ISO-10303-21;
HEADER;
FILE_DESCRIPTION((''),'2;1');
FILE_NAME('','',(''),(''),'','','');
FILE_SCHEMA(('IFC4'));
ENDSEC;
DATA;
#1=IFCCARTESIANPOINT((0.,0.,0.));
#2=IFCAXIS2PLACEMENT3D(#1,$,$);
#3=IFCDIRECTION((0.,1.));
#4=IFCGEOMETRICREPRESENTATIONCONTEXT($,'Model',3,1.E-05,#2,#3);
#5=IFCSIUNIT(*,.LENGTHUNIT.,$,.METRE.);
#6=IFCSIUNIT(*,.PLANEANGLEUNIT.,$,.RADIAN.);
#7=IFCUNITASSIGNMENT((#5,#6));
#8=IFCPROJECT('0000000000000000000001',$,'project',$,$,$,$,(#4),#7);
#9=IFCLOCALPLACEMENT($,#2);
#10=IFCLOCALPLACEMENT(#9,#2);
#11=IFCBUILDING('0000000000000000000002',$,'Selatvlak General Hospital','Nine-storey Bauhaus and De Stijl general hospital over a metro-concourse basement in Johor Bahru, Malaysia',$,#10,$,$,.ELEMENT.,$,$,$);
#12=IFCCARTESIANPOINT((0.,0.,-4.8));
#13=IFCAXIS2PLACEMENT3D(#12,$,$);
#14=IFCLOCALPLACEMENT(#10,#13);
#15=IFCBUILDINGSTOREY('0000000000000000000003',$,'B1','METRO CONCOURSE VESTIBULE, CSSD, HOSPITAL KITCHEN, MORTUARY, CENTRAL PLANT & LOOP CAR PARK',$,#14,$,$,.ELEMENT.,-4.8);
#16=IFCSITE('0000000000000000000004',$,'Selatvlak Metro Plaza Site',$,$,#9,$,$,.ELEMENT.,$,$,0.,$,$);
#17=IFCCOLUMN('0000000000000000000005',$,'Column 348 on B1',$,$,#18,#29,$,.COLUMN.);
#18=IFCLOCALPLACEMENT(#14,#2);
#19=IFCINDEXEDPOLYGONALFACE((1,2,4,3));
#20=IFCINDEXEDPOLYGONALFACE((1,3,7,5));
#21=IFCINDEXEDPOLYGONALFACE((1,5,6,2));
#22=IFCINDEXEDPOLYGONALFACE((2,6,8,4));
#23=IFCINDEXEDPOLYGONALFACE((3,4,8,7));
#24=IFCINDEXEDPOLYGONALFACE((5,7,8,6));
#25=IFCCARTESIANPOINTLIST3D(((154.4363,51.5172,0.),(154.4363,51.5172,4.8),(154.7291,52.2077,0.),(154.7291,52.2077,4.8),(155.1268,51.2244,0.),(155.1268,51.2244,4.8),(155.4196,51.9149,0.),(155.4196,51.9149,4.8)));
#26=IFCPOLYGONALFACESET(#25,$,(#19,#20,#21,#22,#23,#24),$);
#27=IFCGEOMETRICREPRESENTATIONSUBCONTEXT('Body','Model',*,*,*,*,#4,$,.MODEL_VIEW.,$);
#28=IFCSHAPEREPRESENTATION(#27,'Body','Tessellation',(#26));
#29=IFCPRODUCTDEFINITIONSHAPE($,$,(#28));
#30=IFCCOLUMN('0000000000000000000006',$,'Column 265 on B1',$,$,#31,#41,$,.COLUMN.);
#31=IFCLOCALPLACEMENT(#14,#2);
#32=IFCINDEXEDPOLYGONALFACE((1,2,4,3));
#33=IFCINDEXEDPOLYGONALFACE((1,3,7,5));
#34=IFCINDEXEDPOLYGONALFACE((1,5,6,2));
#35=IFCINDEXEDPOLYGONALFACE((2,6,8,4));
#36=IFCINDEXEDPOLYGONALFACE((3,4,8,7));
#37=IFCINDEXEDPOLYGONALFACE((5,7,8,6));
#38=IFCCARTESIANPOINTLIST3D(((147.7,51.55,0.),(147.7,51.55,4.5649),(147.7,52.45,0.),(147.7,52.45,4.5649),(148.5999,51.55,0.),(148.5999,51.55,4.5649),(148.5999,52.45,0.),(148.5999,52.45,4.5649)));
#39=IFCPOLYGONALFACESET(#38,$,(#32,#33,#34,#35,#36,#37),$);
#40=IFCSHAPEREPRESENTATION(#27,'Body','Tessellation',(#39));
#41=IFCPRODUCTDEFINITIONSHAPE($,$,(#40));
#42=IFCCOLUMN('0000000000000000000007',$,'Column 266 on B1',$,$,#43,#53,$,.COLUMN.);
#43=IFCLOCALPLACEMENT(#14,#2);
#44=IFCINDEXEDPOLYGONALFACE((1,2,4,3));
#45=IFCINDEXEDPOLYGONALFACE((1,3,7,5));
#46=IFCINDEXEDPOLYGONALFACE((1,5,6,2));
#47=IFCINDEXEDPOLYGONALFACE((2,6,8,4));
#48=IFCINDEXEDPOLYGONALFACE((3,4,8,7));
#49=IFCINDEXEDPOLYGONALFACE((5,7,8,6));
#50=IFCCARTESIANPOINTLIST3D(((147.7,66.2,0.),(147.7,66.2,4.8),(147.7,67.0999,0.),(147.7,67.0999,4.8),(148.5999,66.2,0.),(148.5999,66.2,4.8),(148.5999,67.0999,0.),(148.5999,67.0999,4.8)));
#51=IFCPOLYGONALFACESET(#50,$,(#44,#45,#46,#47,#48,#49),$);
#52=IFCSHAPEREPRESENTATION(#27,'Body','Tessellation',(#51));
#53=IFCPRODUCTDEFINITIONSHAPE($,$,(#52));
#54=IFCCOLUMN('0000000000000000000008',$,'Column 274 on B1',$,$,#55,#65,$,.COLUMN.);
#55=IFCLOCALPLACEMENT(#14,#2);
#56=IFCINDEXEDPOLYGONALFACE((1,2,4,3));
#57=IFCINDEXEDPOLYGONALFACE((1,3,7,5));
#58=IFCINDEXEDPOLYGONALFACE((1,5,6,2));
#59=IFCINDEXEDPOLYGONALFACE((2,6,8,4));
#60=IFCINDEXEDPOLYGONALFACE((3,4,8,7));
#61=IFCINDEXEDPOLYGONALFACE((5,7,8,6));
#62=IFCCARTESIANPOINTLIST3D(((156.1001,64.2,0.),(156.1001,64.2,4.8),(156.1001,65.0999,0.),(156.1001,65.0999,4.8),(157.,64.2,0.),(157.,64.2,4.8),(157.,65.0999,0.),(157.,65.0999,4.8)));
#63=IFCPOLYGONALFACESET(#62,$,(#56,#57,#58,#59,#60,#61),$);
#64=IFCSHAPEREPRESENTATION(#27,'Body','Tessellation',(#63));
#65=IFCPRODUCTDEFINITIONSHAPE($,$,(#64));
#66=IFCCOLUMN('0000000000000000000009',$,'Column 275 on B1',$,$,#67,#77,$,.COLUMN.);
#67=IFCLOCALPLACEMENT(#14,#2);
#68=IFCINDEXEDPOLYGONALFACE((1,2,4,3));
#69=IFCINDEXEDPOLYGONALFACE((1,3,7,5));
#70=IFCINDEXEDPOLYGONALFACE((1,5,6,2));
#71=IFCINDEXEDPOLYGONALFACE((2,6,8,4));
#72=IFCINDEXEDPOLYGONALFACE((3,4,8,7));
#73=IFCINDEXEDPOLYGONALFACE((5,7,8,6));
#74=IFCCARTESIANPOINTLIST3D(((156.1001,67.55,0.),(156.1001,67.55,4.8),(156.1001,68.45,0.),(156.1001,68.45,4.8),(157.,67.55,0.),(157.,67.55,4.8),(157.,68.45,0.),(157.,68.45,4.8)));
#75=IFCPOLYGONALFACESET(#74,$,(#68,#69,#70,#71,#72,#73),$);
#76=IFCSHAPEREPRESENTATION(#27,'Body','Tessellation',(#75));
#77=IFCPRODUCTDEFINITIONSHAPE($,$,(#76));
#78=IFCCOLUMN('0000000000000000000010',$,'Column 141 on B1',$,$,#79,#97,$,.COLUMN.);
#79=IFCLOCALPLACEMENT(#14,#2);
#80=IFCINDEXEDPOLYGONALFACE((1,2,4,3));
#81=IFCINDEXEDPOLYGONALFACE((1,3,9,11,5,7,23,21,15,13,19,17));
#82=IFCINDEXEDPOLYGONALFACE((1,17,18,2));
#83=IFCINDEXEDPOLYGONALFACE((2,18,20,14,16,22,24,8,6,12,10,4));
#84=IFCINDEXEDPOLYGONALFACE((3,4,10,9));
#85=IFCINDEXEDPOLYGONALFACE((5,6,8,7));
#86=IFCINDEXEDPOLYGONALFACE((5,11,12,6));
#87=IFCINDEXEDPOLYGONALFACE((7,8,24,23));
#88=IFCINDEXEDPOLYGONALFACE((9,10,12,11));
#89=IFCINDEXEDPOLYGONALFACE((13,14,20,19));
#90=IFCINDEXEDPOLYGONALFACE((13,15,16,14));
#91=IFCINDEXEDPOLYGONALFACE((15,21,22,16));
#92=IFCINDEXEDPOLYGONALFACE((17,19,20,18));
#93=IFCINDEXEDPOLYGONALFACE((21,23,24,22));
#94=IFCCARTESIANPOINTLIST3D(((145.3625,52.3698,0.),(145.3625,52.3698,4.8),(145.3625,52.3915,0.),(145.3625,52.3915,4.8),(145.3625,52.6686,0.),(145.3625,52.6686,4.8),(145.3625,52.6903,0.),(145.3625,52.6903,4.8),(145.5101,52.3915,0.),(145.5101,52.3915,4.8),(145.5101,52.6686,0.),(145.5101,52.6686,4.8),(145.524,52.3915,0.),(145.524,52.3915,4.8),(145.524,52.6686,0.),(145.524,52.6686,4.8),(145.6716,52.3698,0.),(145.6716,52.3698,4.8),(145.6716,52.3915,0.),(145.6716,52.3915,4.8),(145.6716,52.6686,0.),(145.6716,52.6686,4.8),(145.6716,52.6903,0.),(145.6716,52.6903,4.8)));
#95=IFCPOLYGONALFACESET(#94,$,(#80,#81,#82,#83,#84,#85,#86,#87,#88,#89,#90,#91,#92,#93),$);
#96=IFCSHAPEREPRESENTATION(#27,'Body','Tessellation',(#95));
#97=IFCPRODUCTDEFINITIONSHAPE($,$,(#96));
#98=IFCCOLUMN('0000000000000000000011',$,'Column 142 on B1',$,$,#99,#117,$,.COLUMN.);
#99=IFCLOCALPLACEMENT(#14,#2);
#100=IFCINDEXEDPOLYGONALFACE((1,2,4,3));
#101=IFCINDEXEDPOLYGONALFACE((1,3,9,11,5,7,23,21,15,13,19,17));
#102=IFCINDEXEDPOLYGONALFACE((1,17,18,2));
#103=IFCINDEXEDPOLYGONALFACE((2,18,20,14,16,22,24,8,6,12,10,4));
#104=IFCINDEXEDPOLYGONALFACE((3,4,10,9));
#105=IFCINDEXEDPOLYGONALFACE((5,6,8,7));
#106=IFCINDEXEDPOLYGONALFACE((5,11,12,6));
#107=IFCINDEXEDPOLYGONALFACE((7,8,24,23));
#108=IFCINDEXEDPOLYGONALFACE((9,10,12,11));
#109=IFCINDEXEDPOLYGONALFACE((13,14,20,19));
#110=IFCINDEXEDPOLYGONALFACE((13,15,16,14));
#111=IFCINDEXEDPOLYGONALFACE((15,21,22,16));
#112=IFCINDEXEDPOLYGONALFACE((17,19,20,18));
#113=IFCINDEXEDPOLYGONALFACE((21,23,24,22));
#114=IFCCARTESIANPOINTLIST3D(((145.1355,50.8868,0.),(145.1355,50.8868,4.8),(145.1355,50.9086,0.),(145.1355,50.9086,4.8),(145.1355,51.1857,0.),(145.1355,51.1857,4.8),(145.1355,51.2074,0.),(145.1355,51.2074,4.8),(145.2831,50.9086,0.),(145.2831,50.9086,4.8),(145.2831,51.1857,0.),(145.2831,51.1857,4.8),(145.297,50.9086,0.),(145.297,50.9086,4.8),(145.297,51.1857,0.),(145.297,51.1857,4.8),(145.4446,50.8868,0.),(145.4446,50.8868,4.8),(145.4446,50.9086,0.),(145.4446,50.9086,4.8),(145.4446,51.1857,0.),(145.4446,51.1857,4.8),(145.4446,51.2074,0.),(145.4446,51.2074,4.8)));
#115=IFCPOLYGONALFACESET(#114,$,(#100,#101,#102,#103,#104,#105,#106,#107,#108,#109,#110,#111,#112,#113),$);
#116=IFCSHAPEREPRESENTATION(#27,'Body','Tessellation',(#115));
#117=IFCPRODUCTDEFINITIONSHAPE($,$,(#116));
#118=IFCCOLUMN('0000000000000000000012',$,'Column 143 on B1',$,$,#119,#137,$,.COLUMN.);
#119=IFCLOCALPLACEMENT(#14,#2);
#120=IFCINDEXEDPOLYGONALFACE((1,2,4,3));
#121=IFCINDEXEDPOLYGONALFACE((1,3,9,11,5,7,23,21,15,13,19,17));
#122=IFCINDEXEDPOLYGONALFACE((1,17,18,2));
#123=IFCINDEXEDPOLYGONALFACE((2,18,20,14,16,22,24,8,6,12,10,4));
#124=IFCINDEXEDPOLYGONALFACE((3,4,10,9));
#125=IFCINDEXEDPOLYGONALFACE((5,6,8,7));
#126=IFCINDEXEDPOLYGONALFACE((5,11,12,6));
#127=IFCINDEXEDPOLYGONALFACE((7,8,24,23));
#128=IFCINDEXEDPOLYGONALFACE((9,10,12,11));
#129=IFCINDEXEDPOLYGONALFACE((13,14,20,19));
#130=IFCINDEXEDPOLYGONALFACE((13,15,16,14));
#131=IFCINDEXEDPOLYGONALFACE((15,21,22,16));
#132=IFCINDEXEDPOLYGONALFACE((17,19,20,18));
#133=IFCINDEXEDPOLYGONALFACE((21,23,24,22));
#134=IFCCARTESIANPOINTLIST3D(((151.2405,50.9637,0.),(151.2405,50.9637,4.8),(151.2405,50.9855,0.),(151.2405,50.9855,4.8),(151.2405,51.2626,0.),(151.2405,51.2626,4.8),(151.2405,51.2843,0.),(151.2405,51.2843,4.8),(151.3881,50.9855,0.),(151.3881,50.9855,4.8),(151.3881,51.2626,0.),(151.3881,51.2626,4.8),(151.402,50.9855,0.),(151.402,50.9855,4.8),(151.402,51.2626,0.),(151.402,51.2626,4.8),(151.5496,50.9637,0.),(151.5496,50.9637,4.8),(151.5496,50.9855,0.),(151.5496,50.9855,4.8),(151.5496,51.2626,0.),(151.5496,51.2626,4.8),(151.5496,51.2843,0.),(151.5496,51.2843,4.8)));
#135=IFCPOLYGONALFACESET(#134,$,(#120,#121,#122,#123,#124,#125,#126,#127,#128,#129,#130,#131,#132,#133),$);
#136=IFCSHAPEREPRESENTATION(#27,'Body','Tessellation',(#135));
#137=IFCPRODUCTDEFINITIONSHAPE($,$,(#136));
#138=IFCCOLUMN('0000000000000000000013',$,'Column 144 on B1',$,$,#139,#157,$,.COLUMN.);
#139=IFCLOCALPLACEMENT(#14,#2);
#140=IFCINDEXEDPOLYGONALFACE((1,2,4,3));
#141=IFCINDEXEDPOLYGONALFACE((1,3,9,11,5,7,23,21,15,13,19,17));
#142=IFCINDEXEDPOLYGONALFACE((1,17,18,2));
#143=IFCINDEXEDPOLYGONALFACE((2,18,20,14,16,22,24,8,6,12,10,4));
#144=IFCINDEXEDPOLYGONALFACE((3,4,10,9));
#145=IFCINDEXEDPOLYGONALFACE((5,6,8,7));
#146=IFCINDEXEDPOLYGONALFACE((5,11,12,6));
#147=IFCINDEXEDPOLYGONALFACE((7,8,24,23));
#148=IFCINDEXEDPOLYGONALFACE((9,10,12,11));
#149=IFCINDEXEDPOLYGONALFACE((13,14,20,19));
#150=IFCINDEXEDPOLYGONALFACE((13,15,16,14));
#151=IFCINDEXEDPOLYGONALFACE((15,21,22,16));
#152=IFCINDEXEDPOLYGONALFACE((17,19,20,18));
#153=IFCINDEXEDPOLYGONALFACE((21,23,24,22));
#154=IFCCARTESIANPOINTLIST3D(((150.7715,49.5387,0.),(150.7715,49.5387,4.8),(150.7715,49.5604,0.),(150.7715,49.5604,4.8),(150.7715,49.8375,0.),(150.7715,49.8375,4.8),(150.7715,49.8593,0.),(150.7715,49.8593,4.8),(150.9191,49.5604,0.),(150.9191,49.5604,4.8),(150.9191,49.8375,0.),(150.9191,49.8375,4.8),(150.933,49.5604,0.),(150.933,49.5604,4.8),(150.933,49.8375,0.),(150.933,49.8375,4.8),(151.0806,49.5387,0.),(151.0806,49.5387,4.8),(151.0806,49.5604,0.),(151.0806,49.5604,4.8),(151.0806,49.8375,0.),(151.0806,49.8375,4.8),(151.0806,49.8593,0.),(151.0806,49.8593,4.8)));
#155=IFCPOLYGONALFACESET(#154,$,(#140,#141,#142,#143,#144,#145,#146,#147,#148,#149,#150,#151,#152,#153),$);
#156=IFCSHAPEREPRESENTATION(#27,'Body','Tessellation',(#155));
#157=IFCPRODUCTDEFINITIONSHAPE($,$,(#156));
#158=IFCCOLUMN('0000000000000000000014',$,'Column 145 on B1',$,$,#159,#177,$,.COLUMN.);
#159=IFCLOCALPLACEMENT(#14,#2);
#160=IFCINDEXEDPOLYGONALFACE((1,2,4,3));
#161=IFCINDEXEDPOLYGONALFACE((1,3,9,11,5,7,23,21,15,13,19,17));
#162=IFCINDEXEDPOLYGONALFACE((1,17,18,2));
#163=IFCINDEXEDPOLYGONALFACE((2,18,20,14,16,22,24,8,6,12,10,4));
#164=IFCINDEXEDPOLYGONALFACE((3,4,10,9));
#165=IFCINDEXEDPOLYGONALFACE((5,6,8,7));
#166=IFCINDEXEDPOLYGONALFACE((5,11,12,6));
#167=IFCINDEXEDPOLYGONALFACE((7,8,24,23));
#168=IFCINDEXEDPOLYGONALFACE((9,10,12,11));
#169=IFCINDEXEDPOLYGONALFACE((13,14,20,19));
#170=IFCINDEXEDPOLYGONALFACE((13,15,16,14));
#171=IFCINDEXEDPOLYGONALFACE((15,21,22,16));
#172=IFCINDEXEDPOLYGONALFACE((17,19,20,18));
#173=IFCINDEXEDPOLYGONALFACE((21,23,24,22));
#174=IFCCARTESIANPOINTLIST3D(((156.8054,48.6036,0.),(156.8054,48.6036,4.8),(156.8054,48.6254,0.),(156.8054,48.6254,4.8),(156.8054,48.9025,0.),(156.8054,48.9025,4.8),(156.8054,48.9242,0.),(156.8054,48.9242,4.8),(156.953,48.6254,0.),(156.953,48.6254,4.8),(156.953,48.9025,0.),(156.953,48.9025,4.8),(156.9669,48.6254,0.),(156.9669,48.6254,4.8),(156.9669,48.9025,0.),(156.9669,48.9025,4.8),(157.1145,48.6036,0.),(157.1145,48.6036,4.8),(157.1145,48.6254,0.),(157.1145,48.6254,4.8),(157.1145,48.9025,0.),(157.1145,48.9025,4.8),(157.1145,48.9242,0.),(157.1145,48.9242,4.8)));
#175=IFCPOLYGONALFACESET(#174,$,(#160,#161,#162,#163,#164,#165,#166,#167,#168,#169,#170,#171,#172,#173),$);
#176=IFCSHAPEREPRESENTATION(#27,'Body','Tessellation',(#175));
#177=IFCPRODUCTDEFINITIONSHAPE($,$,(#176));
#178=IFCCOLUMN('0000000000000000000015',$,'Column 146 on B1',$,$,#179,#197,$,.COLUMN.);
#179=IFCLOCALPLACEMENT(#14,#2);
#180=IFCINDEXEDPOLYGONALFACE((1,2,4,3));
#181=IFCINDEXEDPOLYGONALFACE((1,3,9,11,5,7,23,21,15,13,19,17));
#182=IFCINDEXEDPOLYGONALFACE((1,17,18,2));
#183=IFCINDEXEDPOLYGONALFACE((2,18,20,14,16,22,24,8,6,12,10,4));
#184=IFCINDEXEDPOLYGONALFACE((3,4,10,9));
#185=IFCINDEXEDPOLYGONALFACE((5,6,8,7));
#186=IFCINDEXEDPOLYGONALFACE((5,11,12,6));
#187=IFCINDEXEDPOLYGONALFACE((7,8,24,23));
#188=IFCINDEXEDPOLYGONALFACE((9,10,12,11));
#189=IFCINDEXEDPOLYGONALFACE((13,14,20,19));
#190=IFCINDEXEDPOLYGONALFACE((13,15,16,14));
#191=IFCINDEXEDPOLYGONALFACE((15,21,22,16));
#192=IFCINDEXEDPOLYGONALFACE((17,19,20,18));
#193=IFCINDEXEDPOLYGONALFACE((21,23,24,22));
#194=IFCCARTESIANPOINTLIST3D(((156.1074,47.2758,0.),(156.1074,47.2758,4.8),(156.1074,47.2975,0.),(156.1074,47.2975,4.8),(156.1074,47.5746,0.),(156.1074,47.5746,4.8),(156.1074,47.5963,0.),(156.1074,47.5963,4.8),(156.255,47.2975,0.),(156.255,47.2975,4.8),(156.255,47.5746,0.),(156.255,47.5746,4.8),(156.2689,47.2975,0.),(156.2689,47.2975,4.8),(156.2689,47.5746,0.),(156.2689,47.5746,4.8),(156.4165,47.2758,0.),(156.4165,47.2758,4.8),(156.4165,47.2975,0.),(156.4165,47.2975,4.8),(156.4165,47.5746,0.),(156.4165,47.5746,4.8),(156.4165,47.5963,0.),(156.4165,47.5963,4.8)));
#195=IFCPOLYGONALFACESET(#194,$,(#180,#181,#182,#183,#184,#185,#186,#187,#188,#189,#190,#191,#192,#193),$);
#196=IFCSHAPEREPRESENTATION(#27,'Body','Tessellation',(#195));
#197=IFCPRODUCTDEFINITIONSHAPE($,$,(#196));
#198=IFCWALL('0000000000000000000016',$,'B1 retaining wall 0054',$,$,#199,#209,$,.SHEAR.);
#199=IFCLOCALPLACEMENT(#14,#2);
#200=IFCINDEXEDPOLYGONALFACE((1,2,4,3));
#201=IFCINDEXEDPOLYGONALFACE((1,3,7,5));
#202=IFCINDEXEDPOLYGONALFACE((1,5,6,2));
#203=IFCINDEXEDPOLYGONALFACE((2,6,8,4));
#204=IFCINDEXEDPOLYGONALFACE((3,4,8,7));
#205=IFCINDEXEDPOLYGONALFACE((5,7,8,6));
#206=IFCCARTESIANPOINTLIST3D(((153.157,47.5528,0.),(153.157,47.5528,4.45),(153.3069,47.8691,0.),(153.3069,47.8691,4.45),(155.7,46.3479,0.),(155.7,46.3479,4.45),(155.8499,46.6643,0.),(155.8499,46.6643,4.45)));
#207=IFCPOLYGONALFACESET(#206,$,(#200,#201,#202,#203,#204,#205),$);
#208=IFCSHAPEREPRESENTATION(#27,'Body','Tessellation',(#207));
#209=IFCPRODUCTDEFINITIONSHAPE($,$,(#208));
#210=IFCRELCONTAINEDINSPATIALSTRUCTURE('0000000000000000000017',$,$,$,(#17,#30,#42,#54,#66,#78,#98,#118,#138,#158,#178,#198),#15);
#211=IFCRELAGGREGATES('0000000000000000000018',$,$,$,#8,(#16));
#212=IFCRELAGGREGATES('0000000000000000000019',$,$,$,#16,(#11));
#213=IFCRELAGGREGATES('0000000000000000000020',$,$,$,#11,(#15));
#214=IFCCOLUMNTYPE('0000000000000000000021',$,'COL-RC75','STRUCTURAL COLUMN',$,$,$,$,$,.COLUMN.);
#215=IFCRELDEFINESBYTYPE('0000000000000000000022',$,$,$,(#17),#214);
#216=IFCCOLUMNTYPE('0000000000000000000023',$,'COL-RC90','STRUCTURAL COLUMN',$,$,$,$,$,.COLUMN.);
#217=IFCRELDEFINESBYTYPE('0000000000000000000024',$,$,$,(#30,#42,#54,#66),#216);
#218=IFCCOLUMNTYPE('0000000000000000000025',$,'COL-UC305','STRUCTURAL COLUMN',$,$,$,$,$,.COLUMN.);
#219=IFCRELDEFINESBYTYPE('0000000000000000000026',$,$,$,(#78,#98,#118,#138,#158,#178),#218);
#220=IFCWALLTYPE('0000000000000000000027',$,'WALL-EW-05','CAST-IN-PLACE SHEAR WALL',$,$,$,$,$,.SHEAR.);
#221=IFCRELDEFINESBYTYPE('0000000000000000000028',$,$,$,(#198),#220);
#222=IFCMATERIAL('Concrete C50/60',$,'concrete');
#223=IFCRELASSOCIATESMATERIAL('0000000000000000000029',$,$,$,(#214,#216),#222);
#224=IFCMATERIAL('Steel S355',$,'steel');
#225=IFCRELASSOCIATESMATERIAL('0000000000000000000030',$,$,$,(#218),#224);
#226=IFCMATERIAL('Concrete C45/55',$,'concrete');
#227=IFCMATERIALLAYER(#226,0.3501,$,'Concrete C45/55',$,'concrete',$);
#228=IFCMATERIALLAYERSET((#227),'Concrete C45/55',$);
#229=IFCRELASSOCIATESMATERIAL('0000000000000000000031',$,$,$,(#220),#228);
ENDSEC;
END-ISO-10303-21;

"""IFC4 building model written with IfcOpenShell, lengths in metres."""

from ifc_helpers import new_model, si_unit, direction, frame, frame_2d, origin, origin_2d, place, context, subcontext, project, spatial, rectangle, i_section, extrude, material, layer, layer_set, material_profile, profile_set, type_object, element, save


model = new_model("IFC4")

# Units and contexts
model_context = context("Model", 3, precision=1e-05, world=origin(), true_north=direction((0.0, 1.0)))
body_context = subcontext(model_context, "Body", "Model", "MODEL_VIEW")
ifc_project = project(units=[si_unit("LENGTHUNIT", "METRE"), si_unit("PLANEANGLEUNIT", "RADIAN")], contexts=[model_context])

# Site, building, storey
site_placement = place(None, origin())
site = spatial("IfcSite", under=ifc_project, at=site_placement, Name="Selatvlak Metro Plaza Site", CompositionType="ELEMENT", RefElevation=0.0)
building_placement = place(site_placement, origin())
building = spatial("IfcBuilding", under=site, at=building_placement, Name="Selatvlak General Hospital", Description="Nine-storey Bauhaus and De Stijl general hospital over a metro-concourse basement in Johor Bahru, Malaysia", CompositionType="ELEMENT")
storey_placement = place(building_placement, frame((0.0, 0.0, -4.8)))
storey = spatial("IfcBuildingStorey", under=building, at=storey_placement, Name="B1", Description="METRO CONCOURSE VESTIBULE, CSSD, HOSPITAL KITCHEN, MORTUARY, CENTRAL PLANT & LOOP CAR PARK", CompositionType="ELEMENT", Elevation=-4.8)

# Columns
ifc_material_1 = material(Name="Concrete C50/60", Category="concrete")
ifc_material_profile_1 = material_profile(ifc_material_1, rectangle(XDim=0.75, YDim=0.75, at=origin_2d()), Name="RC-COL 750x750")
ifc_profile_set_1 = profile_set([ifc_material_profile_1], Name="Concrete C50/60")
column_type_1 = type_object("IfcColumnType", Name="COL-RC75", Description="STRUCTURAL COLUMN", PredefinedType="COLUMN", material=ifc_profile_set_1)
column_1_placement = place(storey_placement, frame((154.928, 51.7161, 0.0), z_axis=(0.0, 0.0, 1.0), x_axis=(0.390394, 0.920648, 0.0)))
element("IfcColumn", 1, at=column_1_placement, inside=storey, type_object=column_type_1, Name="Column 348 on B1", PredefinedType="COLUMN", context=body_context, shape_type="SweptSolid", body=[
    extrude(rectangle(XDim=0.75, YDim=0.75, at=origin_2d()), origin(), (0.0, 0.0, 1.0), 4.8),
])
ifc_material_profile_2 = material_profile(ifc_material_1, rectangle(XDim=0.8999, YDim=0.8999, at=origin_2d()), Name="RC-COL 900x900")
ifc_profile_set_2 = profile_set([ifc_material_profile_2], Name="Concrete C50/60")
column_type_2 = type_object("IfcColumnType", Name="COL-RC90", Description="STRUCTURAL COLUMN", PredefinedType="COLUMN", material=ifc_profile_set_2)
column_2_placement = place(storey_placement, frame((148.1499, 52.0, 0.0), z_axis=(0.0, 0.0, 1.0), x_axis=(1.0, 0.0, 0.0)))
element("IfcColumn", 2, at=column_2_placement, inside=storey, type_object=column_type_2, Name="Column 265 on B1", PredefinedType="COLUMN", context=body_context, shape_type="SweptSolid", body=[
    extrude(rectangle(XDim=0.8999, YDim=0.8999, at=origin_2d()), origin(), (0.0, 0.0, 1.0), 4.5649),
])
for number, where, z_axis, x_axis, name in (
    (3, (148.1499, 66.6499, 0.0), (0.0, 0.0, 1.0), (1.0, 0.0, 0.0), "Column 266 on B1"),
    (4, (156.55, 64.6499, 0.0), (0.0, 0.0, 1.0), (1.0, 0.0, 0.0), "Column 274 on B1"),
    (5, (156.55, 68.0, 0.0), (0.0, 0.0, 1.0), (1.0, 0.0, 0.0), "Column 275 on B1"),
):
    element("IfcColumn", number, at=place(storey_placement, frame(where, z_axis=z_axis, x_axis=x_axis)), inside=storey, type_object=column_type_2, Name=name, PredefinedType="COLUMN", context=body_context, shape_type="SweptSolid", body=[
        extrude(rectangle(XDim=0.8999, YDim=0.8999, at=origin_2d()), origin(), (0.0, 0.0, 1.0), 4.8),
    ])
ifc_material_2 = material(Name="Steel S355", Category="steel")
ifc_material_profile_3 = material_profile(ifc_material_2, i_section(OverallWidth=0.3091, OverallDepth=0.3206, WebThickness=0.0139, FlangeThickness=0.0217, at=origin_2d()), Name="UC 305x305x137")
ifc_profile_set_3 = profile_set([ifc_material_profile_3], Name="Steel S355")
column_type_3 = type_object("IfcColumnType", Name="COL-UC305", Description="STRUCTURAL COLUMN", PredefinedType="COLUMN", material=ifc_profile_set_3)
for number, where, z_axis, x_axis, name in (
    (6, (145.5171, 52.53, 0.0), (0.0, 0.0, 1.0), (1.0, 0.0, 0.0), "Column 141 on B1"),
    (7, (145.29, 51.0471, 0.0), (0.0, 0.0, 1.0), (1.0, 0.0, 0.0), "Column 142 on B1"),
    (8, (151.395, 51.124, 0.0), (0.0, 0.0, 1.0), (1.0, 0.0, 0.0), "Column 143 on B1"),
    (9, (150.926, 49.699, 0.0), (0.0, 0.0, 1.0), (1.0, 0.0, 0.0), "Column 144 on B1"),
    (10, (156.96, 48.7639, 0.0), (0.0, 0.0, 1.0), (1.0, 0.0, 0.0), "Column 145 on B1"),
    (11, (156.262, 47.436, 0.0), (0.0, 0.0, 1.0), (1.0, 0.0, 0.0), "Column 146 on B1"),
):
    element("IfcColumn", number, at=place(storey_placement, frame(where, z_axis=z_axis, x_axis=x_axis)), inside=storey, type_object=column_type_3, Name=name, PredefinedType="COLUMN", context=body_context, shape_type="SweptSolid", body=[
        extrude(i_section(OverallWidth=0.3091, OverallDepth=0.3206, WebThickness=0.0139, FlangeThickness=0.0217, at=origin_2d()), origin(), (0.0, 0.0, 1.0), 4.8),
    ])

# Wall
ifc_material_3 = material(Name="Concrete C45/55", Category="concrete")
ifc_layer_1 = layer(ifc_material_3, 0.3501, Name="Concrete C45/55", Category="concrete")
ifc_layer_set_1 = layer_set([ifc_layer_1], Name="Concrete C45/55")
wall_type_1 = type_object("IfcWallType", Name="WALL-EW-05", Description="CAST-IN-PLACE SHEAR WALL", PredefinedType="SHEAR", material=ifc_layer_set_1)
wall_1_placement = place(storey_placement, frame((155.7749, 46.5061, 0.0), z_axis=(0.0, 0.0, 1.0), x_axis=(-0.903701, 0.428165, 0.0)))
element("IfcWall", 12, at=wall_1_placement, inside=storey, type_object=wall_type_1, Name="B1 retaining wall 0054", PredefinedType="SHEAR", context=body_context, shape_type="SweptSolid", body=[
    extrude(rectangle(XDim=2.814, YDim=0.3501, at=frame_2d((1.407, 0.0))), origin(), (0.0, 0.0, 1.0), 4.45),
])

save(model, "model.ifc")
